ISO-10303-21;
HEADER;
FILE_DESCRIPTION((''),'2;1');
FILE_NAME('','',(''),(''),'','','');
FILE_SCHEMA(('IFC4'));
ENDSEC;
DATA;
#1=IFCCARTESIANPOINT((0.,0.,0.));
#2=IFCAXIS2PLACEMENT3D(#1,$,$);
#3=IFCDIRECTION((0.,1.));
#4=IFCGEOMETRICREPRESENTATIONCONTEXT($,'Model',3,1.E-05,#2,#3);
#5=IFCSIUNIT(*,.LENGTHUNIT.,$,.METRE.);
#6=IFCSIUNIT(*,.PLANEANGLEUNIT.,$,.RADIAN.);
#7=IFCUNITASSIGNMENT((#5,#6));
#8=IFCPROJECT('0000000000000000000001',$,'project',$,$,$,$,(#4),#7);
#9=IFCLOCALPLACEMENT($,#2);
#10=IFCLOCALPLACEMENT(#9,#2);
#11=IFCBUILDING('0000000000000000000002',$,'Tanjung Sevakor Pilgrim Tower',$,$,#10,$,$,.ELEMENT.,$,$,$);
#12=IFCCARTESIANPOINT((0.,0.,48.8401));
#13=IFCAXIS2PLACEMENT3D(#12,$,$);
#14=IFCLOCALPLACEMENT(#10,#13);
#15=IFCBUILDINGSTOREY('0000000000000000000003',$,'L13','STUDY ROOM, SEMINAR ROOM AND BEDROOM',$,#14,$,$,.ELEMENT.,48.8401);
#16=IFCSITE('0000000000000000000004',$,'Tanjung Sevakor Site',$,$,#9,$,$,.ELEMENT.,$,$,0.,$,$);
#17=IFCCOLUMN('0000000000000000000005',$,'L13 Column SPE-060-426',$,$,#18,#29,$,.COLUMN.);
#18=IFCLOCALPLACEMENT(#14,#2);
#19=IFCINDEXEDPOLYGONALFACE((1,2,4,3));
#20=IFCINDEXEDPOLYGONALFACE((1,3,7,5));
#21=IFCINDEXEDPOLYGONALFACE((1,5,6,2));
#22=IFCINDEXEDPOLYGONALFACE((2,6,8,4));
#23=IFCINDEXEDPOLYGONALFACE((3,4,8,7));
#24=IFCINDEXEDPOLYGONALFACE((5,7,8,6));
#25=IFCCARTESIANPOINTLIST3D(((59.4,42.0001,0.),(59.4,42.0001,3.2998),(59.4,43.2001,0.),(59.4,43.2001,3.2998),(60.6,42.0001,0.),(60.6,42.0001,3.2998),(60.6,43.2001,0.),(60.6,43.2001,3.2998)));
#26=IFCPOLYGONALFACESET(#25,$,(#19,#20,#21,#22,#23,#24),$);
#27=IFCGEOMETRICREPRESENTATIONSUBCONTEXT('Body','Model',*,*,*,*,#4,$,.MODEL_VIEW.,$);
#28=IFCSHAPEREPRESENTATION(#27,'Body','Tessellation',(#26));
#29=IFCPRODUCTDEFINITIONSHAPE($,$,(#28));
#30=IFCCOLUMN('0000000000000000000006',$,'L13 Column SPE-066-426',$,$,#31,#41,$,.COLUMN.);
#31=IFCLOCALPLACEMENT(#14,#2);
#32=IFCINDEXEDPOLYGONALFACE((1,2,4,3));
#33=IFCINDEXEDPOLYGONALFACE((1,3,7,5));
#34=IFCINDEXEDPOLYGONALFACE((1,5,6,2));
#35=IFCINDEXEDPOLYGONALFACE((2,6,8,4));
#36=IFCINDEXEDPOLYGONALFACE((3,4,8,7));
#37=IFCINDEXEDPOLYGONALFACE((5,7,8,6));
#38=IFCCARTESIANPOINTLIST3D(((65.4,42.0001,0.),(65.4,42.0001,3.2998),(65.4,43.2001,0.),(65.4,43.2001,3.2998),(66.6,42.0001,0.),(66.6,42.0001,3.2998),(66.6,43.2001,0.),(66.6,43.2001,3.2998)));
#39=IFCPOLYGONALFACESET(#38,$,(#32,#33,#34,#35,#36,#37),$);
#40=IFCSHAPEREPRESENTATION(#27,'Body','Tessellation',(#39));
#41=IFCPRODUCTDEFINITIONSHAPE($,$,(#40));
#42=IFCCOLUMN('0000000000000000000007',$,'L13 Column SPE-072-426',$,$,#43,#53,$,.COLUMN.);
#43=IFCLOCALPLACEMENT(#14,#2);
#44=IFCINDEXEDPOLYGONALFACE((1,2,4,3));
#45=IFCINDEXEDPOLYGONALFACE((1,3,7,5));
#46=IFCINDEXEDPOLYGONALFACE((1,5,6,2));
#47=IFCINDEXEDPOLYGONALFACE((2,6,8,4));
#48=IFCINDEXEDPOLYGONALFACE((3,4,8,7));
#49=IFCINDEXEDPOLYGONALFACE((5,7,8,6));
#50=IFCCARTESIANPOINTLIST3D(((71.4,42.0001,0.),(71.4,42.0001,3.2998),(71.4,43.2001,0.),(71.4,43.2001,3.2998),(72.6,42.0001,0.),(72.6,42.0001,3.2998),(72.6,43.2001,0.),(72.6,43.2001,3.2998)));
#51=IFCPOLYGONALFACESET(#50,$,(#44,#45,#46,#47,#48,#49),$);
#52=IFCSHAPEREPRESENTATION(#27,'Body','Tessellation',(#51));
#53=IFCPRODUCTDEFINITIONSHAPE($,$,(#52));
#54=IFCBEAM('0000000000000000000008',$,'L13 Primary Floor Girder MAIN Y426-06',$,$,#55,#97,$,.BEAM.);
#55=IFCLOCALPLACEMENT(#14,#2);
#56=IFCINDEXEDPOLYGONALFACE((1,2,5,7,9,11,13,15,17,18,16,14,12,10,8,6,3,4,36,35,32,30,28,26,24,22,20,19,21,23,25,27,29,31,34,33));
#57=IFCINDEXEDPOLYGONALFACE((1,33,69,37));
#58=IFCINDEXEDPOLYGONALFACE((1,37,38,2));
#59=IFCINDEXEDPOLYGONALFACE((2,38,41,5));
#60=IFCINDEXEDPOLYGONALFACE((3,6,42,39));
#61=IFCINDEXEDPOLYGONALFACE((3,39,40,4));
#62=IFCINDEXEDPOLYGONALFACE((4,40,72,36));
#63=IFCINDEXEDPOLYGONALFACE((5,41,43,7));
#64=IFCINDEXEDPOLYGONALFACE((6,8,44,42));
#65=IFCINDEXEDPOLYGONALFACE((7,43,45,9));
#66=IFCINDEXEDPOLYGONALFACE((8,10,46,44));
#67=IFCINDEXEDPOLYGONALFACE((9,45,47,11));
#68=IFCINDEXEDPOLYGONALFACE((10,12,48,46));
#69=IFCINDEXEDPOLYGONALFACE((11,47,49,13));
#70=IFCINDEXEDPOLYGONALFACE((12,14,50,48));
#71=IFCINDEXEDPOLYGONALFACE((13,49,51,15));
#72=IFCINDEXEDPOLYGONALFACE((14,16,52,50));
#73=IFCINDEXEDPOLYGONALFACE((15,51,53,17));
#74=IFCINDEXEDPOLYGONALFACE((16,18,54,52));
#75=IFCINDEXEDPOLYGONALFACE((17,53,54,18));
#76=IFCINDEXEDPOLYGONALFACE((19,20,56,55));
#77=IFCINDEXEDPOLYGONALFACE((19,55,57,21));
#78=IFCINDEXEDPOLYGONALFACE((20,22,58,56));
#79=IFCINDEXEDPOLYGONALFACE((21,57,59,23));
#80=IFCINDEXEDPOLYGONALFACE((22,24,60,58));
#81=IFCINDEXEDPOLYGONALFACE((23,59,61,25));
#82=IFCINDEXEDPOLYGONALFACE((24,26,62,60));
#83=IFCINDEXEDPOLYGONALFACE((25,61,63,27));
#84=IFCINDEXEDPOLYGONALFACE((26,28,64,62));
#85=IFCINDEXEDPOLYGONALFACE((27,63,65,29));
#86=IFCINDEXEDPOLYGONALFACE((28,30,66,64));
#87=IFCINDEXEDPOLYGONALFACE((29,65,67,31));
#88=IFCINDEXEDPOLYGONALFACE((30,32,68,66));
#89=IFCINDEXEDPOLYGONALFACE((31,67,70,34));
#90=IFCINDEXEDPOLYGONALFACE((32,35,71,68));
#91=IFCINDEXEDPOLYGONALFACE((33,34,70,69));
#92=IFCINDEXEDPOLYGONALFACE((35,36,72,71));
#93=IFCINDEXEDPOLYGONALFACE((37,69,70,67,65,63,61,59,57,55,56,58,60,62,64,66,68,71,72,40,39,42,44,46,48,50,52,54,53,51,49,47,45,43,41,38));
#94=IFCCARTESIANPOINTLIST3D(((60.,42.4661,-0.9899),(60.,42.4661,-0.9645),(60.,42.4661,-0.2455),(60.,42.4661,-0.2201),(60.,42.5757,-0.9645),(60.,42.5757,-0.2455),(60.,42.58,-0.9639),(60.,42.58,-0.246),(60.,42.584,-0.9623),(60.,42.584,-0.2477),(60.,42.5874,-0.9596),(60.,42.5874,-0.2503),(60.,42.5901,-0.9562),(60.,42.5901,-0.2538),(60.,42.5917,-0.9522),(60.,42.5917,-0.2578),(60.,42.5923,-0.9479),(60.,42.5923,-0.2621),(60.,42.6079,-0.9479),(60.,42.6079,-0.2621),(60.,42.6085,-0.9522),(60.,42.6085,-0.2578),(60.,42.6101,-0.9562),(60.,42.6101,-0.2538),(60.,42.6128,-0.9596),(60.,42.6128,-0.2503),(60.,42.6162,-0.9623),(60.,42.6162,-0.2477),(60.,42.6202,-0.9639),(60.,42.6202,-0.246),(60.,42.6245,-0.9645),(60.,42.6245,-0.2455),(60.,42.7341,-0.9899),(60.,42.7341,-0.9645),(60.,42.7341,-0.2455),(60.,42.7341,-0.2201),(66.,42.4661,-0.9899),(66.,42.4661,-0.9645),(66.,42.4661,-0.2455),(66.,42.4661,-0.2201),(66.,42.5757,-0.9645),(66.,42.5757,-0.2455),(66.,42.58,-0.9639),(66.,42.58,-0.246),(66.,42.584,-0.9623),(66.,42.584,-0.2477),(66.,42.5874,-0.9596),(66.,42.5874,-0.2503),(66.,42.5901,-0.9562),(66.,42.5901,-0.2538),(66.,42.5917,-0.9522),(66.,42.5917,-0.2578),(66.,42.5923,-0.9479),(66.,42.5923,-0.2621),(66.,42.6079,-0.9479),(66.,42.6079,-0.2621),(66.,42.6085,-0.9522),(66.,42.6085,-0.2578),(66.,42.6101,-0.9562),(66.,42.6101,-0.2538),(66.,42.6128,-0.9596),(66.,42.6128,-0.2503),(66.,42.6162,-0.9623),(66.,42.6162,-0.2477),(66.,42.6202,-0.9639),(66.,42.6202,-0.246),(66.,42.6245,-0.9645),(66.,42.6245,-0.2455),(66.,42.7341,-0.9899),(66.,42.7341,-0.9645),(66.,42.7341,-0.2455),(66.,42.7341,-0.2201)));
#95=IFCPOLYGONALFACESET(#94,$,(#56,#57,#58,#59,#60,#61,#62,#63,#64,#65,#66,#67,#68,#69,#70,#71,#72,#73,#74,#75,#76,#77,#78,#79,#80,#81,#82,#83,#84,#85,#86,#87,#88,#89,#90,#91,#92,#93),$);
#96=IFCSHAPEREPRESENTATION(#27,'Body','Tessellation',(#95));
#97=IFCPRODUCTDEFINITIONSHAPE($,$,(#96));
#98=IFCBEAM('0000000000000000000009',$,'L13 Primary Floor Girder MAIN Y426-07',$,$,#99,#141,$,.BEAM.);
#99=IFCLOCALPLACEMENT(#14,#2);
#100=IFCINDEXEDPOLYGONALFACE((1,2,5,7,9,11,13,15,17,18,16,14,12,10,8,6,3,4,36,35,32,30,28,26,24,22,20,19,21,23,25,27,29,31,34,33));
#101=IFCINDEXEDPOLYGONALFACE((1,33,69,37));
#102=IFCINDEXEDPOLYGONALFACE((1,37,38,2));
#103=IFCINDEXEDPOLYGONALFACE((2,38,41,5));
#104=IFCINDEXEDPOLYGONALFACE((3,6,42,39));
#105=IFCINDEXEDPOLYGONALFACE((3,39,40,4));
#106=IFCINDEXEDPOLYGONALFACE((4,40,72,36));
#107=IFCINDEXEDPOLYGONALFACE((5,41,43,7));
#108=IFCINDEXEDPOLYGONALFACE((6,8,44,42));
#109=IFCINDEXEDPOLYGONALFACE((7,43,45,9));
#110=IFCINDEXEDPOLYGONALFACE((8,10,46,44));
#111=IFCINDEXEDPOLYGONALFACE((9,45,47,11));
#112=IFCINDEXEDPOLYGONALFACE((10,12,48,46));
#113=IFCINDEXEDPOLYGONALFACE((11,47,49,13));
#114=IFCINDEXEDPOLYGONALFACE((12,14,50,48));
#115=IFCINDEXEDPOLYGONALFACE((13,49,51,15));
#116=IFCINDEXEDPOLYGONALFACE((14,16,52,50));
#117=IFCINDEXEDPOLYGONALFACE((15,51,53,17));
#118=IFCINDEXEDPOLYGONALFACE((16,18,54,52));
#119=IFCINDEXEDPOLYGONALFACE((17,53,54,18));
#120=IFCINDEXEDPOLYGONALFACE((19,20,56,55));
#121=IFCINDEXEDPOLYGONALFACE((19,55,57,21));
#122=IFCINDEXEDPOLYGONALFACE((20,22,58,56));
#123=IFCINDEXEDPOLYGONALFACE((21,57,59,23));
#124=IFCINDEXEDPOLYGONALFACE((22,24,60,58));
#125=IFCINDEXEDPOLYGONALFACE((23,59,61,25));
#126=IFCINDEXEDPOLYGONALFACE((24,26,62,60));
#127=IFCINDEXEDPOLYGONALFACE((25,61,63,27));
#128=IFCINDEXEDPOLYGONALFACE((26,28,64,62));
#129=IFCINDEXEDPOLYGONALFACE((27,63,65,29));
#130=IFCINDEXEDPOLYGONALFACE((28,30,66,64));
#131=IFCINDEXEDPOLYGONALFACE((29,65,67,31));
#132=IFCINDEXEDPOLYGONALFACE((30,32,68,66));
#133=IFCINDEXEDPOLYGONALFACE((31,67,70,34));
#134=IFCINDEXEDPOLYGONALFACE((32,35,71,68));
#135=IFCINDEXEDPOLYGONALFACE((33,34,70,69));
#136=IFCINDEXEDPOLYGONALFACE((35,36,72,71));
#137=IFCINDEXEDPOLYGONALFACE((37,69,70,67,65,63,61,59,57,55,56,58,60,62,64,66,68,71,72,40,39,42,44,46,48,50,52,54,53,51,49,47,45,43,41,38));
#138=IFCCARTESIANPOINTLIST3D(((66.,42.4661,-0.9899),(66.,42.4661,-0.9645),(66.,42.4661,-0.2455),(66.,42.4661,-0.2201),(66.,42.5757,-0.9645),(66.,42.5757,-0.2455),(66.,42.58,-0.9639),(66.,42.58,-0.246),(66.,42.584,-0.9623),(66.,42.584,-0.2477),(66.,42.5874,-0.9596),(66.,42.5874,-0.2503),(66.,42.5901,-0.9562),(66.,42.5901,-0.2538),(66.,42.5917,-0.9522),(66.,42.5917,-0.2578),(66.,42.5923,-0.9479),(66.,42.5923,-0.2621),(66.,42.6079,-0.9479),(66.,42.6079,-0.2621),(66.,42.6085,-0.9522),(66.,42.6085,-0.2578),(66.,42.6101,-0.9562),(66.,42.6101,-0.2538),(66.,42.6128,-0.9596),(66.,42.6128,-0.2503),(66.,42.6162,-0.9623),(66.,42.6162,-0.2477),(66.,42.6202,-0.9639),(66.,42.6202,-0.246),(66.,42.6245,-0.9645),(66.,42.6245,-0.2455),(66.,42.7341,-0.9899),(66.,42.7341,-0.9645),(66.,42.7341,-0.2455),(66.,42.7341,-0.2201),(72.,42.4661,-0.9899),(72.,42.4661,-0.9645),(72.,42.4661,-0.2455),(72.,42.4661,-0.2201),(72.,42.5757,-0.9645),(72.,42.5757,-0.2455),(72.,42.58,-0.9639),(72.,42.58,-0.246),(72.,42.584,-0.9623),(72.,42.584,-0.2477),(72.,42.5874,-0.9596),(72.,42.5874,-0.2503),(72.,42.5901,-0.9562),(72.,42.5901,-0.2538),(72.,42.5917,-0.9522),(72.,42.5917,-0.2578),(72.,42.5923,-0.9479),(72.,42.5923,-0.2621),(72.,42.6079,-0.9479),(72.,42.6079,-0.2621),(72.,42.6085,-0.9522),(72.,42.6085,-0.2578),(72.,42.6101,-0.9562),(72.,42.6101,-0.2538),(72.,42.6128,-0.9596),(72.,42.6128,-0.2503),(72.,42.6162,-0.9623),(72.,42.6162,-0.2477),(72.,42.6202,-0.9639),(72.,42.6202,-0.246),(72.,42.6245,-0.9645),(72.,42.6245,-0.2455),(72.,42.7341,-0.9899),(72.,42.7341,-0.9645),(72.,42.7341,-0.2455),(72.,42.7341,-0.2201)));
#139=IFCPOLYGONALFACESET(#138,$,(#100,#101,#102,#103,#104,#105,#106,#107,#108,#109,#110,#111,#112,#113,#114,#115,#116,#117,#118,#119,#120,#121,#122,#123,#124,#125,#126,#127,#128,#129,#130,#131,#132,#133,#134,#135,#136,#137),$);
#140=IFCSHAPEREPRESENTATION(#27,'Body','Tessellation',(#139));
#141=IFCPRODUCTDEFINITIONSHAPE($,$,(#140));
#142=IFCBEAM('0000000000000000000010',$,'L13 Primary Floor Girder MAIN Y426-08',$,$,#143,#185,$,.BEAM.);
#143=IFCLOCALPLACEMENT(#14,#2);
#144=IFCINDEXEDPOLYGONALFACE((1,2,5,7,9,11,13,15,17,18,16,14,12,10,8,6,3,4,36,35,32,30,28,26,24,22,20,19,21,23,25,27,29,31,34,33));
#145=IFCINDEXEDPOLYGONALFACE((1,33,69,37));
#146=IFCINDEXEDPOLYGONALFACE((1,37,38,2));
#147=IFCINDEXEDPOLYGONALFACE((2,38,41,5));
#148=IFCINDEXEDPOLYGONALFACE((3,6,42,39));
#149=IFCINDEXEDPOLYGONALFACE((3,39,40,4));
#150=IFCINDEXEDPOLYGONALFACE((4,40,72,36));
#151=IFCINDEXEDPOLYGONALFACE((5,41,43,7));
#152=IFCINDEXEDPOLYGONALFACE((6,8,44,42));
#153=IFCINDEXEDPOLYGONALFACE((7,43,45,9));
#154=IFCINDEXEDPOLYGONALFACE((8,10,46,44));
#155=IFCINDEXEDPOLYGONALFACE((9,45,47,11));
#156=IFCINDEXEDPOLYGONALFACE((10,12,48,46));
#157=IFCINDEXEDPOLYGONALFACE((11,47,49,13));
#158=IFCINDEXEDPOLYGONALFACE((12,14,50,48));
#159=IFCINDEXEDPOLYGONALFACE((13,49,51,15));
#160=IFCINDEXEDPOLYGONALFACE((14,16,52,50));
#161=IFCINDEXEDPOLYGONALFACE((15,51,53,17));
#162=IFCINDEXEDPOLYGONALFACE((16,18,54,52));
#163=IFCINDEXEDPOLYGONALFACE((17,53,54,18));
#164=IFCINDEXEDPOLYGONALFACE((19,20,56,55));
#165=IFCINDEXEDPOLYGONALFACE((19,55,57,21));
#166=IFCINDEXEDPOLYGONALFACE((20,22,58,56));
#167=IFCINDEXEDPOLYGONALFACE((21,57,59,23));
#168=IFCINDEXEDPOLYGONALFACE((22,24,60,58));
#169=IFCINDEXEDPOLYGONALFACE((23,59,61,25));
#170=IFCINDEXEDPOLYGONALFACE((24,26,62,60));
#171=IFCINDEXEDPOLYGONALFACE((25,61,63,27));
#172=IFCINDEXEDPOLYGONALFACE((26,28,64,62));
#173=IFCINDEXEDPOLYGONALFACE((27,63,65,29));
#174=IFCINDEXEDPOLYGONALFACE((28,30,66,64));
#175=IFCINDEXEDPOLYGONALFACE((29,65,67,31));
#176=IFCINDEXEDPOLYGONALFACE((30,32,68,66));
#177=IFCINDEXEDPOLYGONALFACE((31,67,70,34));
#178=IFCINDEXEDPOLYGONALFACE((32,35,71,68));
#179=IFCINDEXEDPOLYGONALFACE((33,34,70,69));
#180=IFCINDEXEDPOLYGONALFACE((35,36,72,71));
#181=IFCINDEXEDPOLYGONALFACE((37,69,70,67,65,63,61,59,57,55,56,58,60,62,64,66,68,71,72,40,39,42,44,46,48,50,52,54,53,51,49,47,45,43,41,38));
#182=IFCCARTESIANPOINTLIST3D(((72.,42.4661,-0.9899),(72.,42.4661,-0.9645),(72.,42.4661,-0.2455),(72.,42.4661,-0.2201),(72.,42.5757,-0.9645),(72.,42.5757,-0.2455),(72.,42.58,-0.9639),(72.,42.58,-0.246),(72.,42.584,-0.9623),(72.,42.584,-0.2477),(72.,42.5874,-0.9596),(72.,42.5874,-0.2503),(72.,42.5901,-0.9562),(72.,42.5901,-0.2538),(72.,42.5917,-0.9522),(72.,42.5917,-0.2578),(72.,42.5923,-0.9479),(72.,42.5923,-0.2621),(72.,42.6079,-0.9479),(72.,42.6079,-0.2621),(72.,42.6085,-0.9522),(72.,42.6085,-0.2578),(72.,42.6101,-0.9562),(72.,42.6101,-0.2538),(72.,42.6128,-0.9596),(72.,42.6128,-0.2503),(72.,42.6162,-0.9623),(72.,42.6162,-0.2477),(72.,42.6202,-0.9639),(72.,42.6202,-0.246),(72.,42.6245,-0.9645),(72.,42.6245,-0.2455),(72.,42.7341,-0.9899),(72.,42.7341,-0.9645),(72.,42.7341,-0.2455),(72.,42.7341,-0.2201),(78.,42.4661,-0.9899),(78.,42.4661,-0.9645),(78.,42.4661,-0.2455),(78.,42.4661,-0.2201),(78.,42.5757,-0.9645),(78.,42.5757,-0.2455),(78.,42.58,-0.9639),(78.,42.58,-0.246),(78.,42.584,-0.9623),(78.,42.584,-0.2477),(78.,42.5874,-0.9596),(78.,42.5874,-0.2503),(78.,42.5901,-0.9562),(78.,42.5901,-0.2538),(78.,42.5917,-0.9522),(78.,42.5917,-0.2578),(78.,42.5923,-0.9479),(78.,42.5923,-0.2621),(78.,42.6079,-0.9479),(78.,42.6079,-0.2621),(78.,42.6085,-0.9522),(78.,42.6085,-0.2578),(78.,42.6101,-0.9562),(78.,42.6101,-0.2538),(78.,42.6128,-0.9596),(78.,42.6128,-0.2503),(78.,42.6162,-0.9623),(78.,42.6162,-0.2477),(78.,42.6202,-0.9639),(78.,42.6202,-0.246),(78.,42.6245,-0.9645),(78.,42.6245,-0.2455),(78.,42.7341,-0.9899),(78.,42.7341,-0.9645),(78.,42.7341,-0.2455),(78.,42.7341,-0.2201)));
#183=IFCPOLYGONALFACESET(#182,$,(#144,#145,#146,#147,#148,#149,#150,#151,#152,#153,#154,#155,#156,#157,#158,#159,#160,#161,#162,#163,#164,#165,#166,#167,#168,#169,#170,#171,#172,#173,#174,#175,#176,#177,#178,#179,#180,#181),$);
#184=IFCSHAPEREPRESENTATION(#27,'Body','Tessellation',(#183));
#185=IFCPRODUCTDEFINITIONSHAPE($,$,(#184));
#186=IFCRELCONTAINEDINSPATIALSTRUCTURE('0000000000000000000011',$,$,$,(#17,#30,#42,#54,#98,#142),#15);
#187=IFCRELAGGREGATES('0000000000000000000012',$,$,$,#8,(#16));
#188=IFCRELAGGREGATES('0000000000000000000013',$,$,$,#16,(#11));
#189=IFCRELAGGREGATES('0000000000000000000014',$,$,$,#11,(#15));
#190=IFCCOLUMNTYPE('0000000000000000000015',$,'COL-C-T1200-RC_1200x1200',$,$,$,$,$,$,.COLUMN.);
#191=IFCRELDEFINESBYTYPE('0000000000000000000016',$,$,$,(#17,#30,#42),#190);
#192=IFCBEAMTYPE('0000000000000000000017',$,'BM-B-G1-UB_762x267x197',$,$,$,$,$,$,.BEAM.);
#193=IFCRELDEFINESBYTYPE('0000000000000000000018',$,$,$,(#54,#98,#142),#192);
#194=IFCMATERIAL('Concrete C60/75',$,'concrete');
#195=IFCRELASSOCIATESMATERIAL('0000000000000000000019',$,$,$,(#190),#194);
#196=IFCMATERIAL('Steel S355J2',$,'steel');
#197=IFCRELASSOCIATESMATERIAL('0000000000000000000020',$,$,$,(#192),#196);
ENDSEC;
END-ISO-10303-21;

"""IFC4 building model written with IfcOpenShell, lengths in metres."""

from ifc_helpers import new_model, si_unit, direction, frame, origin, origin_2d, place, context, subcontext, project, spatial, rectangle, i_section, extrude, material, material_profile, profile_set, type_object, element, save


model = new_model("IFC4")

# Units and contexts
model_context = context("Model", 3, precision=1e-05, world=origin(), true_north=direction((0.0, 1.0)))
body_context = subcontext(model_context, "Body", "Model", "MODEL_VIEW")
ifc_project = project(units=[si_unit("LENGTHUNIT", "METRE"), si_unit("PLANEANGLEUNIT", "RADIAN")], contexts=[model_context])

# Site, building, storey
site_placement = place(None, origin())
site = spatial("IfcSite", under=ifc_project, at=site_placement, Name="Tanjung Sevakor Site", CompositionType="ELEMENT", RefElevation=0.0)
building_placement = place(site_placement, origin())
building = spatial("IfcBuilding", under=site, at=building_placement, Name="Tanjung Sevakor Pilgrim Tower", CompositionType="ELEMENT")
storey_placement = place(building_placement, frame((0.0, 0.0, 48.8401)))
storey = spatial("IfcBuildingStorey", under=building, at=storey_placement, Name="L13", Description="STUDY ROOM, SEMINAR ROOM AND BEDROOM", CompositionType="ELEMENT", Elevation=48.8401)

# Columns
ifc_material_1 = material(Name="Concrete C60/75", Category="concrete")
ifc_material_profile_1 = material_profile(ifc_material_1, rectangle(XDim=1.2, YDim=1.2, at=origin_2d()))
ifc_profile_set_1 = profile_set([ifc_material_profile_1], Name="Concrete C60/75")
column_type = type_object("IfcColumnType", Name="COL-C-T1200-RC_1200x1200", PredefinedType="COLUMN", material=ifc_profile_set_1)
for number, where, z_axis, x_axis, name in (
    (1, (60.0, 42.6001, 0.0), (0.0, 0.0, 1.0), (1.0, 0.0, 0.0), "L13 Column SPE-060-426"),
    (2, (66.0, 42.6001, 0.0), (0.0, 0.0, 1.0), (1.0, 0.0, 0.0), "L13 Column SPE-066-426"),
    (3, (72.0, 42.6001, 0.0), (0.0, 0.0, 1.0), (1.0, 0.0, 0.0), "L13 Column SPE-072-426"),
):
    element("IfcColumn", number, at=place(storey_placement, frame(where, z_axis=z_axis, x_axis=x_axis)), inside=storey, type_object=column_type, Name=name, PredefinedType="COLUMN", context=body_context, shape_type="SweptSolid", body=[
        extrude(rectangle(XDim=1.2, YDim=1.2, at=origin_2d()), origin(), (0.0, 0.0, 1.0), 3.2998),
    ])

# Beams
ifc_material_2 = material(Name="Steel S355J2", Category="steel")
ifc_material_profile_2 = material_profile(ifc_material_2, i_section(OverallWidth=0.2681, OverallDepth=0.7698, WebThickness=0.0156, FlangeThickness=0.0254, FilletRadius=0.0166, at=origin_2d()))
ifc_profile_set_2 = profile_set([ifc_material_profile_2], Name="Steel S355J2")
beam_type_1 = type_object("IfcBeamType", Name="BM-B-G1-UB_762x267x197", PredefinedType="BEAM", material=ifc_profile_set_2)
for number, where, z_axis, x_axis, name in (
    (4, (60.0, 42.6001, -0.605), (1.0, 0.0, 0.0), (0.0, 1.0, 0.0), "L13 Primary Floor Girder MAIN Y426-06"),
    (5, (66.0, 42.6001, -0.605), (1.0, 0.0, 0.0), (0.0, 1.0, 0.0), "L13 Primary Floor Girder MAIN Y426-07"),
    (6, (72.0, 42.6001, -0.605), (1.0, 0.0, 0.0), (0.0, 1.0, 0.0), "L13 Primary Floor Girder MAIN Y426-08"),
):
    element("IfcBeam", number, at=place(storey_placement, frame(where, z_axis=z_axis, x_axis=x_axis)), inside=storey, type_object=beam_type_1, Name=name, PredefinedType="BEAM", context=body_context, shape_type="SweptSolid", body=[
        extrude(i_section(OverallWidth=0.2681, OverallDepth=0.7698, WebThickness=0.0156, FlangeThickness=0.0254, FilletRadius=0.0166, at=origin_2d()), origin(), (0.0, 0.0, 1.0), 6.0),
    ])

save(model, "model.ifc")
